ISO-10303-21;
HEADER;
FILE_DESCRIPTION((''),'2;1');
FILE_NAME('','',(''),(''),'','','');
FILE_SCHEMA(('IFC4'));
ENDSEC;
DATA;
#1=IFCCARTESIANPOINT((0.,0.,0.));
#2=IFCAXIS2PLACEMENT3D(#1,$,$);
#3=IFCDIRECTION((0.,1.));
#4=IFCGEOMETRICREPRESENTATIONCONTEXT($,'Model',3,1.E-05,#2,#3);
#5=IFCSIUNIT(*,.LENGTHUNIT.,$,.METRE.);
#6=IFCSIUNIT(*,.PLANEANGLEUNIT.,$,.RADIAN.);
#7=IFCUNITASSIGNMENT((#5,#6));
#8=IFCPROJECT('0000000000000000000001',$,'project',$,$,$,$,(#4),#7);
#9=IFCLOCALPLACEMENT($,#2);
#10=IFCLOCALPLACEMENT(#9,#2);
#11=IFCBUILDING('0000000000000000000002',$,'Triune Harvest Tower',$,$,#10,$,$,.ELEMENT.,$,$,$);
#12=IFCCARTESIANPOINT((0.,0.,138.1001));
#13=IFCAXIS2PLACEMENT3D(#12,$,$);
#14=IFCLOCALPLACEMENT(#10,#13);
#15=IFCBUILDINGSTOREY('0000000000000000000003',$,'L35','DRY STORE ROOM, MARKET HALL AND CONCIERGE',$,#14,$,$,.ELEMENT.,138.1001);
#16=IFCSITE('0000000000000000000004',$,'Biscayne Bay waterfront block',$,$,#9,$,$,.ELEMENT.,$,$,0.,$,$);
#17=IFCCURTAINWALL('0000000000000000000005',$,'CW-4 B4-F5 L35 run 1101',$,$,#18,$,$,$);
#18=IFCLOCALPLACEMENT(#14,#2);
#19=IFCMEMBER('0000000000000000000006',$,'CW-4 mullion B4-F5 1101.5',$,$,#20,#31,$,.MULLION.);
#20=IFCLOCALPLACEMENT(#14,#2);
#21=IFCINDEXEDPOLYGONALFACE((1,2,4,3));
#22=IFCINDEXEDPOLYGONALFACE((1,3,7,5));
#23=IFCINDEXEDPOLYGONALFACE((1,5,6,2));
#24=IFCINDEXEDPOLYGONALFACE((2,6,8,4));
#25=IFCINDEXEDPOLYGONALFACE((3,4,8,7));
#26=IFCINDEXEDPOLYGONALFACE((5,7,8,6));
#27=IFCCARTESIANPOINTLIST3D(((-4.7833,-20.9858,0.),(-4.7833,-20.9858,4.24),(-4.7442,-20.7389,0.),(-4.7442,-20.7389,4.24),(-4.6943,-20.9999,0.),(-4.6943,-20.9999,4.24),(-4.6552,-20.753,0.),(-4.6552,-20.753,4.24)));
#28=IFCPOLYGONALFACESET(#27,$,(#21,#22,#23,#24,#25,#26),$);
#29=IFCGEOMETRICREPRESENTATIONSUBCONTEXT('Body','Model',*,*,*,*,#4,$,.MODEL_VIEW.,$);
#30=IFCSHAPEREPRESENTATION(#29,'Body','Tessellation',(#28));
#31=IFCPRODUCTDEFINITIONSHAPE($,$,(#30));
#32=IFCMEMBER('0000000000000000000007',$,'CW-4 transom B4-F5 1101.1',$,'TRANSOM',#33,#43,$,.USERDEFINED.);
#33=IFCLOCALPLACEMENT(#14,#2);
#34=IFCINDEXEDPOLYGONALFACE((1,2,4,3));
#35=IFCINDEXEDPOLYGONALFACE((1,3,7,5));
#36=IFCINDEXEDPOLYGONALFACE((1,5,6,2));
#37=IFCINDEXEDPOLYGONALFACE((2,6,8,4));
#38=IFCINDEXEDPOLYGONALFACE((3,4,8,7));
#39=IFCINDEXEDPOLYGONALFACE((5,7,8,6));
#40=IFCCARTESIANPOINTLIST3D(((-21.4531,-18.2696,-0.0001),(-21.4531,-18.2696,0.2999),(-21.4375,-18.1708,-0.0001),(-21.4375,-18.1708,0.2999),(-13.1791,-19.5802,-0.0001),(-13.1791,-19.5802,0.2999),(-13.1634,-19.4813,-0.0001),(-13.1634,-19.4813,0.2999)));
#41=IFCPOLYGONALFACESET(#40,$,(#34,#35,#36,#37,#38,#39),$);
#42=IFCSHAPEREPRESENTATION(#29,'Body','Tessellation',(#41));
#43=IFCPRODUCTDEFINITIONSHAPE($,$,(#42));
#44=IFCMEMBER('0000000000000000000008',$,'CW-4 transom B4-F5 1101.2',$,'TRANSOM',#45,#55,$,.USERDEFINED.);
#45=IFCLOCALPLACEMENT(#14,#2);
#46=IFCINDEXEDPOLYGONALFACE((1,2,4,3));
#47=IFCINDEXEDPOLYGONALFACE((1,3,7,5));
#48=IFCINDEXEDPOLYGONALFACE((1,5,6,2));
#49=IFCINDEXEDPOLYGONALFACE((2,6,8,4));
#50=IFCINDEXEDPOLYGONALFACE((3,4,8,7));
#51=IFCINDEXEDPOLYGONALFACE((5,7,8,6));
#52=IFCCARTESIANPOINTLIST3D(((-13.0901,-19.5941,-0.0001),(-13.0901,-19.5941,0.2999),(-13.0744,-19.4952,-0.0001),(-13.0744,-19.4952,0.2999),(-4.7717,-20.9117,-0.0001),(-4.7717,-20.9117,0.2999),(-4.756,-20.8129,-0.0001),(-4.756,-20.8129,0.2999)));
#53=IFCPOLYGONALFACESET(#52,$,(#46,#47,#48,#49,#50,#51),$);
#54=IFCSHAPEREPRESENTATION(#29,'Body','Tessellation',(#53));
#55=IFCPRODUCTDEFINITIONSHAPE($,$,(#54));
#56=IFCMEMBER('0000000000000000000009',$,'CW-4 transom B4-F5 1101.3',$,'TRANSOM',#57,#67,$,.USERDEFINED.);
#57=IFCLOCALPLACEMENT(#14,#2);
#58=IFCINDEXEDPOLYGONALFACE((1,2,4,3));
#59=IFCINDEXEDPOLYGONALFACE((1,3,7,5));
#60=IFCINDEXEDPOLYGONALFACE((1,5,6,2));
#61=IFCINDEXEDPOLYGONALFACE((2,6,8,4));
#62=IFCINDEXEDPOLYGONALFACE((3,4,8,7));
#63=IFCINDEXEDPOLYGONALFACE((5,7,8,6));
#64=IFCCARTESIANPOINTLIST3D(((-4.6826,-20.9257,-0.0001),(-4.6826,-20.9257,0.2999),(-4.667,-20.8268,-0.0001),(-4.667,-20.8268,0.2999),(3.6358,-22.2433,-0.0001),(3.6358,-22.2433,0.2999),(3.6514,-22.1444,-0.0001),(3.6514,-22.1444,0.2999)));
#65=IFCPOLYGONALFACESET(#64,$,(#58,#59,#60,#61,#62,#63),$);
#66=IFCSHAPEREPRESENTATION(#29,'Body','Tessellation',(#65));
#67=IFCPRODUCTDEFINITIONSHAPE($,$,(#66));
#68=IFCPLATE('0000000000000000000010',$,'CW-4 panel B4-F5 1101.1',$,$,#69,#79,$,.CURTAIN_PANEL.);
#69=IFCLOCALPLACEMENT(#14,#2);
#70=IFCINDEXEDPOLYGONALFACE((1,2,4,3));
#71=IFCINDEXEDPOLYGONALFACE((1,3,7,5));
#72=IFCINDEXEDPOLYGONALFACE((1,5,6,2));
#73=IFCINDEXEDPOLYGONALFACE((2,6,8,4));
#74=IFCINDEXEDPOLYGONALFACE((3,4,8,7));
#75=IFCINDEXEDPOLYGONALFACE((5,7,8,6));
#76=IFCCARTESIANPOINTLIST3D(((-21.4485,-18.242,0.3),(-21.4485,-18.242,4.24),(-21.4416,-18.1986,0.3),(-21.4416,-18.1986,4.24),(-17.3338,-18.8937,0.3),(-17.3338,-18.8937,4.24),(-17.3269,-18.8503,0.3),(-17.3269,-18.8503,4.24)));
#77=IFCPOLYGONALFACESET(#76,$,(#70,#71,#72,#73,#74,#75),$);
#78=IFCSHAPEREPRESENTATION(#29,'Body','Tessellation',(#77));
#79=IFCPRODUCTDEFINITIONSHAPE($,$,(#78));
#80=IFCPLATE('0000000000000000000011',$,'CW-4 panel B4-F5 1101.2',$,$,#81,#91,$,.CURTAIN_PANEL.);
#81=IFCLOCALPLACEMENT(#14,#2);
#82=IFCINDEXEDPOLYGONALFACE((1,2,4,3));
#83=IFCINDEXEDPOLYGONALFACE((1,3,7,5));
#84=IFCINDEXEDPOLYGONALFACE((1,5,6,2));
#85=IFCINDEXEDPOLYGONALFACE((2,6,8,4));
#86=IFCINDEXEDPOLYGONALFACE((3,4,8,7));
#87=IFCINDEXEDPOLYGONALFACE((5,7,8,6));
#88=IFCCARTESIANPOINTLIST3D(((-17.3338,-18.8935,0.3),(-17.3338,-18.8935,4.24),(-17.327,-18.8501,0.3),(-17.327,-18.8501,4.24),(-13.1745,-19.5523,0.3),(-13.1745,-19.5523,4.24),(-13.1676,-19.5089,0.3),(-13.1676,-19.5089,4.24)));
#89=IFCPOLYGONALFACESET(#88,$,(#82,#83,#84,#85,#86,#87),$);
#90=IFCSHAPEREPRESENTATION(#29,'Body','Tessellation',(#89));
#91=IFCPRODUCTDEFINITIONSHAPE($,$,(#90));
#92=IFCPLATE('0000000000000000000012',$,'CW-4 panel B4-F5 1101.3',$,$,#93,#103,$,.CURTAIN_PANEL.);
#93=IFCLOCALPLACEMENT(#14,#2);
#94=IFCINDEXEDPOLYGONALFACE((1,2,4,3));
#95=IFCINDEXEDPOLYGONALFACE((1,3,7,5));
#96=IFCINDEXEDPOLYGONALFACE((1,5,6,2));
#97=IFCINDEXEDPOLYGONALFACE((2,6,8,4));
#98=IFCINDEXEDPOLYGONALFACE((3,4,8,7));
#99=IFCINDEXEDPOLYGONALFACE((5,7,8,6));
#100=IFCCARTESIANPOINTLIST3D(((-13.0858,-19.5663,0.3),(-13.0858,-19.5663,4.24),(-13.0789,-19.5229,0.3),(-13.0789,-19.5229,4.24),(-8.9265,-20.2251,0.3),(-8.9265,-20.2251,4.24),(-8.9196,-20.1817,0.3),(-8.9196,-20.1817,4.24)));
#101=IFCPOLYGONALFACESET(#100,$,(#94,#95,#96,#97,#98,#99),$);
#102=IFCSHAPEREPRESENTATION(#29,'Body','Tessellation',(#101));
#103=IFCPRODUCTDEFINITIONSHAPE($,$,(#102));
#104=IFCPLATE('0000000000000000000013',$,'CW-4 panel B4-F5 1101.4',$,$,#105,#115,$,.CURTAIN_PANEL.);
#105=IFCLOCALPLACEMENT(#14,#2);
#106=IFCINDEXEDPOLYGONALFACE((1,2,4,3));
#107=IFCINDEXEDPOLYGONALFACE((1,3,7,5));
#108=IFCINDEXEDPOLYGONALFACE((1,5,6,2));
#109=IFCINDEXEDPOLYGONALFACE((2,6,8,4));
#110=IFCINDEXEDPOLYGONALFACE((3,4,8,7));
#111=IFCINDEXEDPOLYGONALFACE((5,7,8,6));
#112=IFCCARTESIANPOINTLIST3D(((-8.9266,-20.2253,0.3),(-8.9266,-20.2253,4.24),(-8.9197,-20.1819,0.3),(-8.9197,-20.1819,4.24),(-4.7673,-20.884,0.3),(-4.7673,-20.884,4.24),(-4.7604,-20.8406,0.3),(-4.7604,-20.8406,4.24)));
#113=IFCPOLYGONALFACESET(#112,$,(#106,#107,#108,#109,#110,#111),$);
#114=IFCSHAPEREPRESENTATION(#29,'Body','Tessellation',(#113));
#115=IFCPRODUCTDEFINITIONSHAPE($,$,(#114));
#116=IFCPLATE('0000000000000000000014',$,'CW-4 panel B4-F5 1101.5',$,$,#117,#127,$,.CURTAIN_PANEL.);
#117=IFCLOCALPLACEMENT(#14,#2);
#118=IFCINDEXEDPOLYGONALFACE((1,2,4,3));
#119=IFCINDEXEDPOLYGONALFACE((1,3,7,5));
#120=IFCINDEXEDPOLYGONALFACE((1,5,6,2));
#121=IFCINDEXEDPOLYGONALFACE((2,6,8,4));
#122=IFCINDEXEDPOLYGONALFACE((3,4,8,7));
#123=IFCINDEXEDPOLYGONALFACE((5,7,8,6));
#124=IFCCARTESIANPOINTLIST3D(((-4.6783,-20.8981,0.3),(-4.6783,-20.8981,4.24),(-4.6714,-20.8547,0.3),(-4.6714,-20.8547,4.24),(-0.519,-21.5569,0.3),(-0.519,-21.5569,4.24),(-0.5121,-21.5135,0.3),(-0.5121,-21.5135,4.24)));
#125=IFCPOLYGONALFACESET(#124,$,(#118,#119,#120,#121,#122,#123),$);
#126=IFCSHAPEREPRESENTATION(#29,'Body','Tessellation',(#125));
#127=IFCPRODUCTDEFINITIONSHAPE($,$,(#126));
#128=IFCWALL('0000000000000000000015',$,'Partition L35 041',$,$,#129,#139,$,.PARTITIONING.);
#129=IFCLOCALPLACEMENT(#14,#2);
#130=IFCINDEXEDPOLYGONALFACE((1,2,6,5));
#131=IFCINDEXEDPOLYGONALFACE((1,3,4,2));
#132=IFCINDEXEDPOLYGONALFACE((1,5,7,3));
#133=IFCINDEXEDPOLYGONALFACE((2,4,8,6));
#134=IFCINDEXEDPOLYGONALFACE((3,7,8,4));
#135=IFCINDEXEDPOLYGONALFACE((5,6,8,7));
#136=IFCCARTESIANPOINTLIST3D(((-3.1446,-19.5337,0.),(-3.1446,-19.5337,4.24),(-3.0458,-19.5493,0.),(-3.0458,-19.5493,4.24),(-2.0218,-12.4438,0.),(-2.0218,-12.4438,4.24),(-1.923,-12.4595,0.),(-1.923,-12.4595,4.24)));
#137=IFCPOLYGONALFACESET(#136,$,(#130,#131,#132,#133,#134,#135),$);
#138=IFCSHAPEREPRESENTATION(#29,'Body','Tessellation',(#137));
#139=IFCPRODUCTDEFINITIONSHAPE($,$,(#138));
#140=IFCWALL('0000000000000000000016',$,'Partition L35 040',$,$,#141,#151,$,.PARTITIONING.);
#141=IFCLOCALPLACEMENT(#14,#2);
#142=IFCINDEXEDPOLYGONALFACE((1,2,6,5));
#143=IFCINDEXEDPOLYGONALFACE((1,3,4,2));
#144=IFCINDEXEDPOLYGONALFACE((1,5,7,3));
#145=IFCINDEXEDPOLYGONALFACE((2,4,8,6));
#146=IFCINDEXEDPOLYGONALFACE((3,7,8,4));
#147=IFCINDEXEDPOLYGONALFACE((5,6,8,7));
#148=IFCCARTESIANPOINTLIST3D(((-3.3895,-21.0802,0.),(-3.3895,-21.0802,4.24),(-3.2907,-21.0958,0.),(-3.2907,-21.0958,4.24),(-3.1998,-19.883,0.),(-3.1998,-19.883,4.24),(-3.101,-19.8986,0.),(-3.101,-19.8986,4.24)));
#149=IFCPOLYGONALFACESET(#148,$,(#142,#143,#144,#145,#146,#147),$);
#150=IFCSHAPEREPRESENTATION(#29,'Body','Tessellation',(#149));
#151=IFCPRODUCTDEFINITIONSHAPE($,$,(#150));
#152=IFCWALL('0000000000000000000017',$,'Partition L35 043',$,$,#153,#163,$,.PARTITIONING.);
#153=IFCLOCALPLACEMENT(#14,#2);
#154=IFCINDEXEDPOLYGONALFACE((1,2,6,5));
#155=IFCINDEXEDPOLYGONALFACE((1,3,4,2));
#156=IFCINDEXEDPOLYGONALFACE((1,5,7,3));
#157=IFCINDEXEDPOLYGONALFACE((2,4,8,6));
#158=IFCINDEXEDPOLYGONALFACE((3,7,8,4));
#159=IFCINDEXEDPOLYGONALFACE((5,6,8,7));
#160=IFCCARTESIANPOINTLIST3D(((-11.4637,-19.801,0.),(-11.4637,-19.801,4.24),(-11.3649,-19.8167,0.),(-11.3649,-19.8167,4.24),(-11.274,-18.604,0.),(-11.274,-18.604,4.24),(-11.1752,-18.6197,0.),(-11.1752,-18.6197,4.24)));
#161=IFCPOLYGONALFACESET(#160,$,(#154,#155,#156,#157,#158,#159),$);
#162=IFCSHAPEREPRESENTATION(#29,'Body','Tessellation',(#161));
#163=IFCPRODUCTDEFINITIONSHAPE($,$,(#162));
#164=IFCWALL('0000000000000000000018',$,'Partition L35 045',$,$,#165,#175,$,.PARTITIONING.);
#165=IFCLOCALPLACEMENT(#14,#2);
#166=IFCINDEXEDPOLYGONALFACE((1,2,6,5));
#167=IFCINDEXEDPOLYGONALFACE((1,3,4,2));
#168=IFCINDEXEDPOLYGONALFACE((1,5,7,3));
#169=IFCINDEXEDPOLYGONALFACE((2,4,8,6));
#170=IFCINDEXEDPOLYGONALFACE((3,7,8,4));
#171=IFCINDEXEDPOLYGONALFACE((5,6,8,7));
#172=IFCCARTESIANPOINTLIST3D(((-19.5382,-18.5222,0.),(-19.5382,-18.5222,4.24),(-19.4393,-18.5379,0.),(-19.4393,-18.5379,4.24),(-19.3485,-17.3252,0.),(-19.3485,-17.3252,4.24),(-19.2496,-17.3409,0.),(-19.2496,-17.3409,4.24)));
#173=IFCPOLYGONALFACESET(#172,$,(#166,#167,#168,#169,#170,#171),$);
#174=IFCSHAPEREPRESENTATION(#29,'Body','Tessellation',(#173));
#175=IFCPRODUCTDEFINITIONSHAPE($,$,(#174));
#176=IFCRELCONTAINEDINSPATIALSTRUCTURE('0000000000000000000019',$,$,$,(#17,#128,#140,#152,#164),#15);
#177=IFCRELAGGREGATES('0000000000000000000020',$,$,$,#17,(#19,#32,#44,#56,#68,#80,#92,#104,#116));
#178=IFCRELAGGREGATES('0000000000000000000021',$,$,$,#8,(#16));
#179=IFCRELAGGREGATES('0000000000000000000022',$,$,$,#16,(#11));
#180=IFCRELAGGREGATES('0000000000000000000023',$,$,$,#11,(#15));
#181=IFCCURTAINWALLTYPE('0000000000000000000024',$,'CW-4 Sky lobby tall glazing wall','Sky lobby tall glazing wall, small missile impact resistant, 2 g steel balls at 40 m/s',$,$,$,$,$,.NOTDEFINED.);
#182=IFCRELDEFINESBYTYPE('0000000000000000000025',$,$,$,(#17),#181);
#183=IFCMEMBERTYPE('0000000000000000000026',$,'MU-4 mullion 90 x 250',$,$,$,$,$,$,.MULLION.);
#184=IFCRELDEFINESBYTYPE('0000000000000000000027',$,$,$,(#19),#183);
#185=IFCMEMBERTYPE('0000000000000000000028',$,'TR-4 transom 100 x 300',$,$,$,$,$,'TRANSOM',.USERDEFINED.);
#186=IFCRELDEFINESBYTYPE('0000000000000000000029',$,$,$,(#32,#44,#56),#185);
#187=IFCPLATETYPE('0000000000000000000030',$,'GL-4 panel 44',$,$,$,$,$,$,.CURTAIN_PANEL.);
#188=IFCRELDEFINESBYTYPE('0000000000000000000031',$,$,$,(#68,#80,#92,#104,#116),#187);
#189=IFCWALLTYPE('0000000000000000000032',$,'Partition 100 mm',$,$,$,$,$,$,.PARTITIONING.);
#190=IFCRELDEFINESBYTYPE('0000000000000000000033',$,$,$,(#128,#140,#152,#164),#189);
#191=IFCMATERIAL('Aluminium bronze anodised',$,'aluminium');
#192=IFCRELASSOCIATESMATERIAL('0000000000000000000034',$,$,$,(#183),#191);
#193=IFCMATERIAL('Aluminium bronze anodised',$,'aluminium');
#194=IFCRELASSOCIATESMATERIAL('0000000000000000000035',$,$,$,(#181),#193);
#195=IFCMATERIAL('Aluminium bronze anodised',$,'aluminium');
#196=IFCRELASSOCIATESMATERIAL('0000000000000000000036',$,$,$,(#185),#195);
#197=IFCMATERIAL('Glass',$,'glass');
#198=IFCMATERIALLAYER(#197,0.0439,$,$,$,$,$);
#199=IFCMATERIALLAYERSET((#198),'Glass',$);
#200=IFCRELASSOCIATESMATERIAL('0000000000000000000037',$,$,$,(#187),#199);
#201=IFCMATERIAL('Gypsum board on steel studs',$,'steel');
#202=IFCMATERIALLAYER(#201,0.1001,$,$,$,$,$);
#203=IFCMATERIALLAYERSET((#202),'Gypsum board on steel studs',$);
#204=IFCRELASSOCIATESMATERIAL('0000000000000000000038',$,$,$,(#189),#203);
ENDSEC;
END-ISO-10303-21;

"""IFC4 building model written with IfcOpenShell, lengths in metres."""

from ifc_helpers import new_model, si_unit, direction, frame, frame_2d, origin, origin_2d, place, context, subcontext, project, spatial, rectangle, extrude, source, transform, mapped, material, layer, layer_set, material_profile, profile_set, type_object, element, aggregate, save


model = new_model("IFC4")

# Units and contexts
model_context = context("Model", 3, precision=1e-05, world=origin(), true_north=direction((0.0, 1.0)))
body_context = subcontext(model_context, "Body", "Model", "MODEL_VIEW")
ifc_project = project(units=[si_unit("LENGTHUNIT", "METRE"), si_unit("PLANEANGLEUNIT", "RADIAN")], contexts=[model_context])

# Site, building, storey
site_placement = place(None, origin())
site = spatial("IfcSite", under=ifc_project, at=site_placement, Name="Biscayne Bay waterfront block", CompositionType="ELEMENT", RefElevation=0.0)
building_placement = place(site_placement, origin())
building = spatial("IfcBuilding", under=site, at=building_placement, Name="Triune Harvest Tower", CompositionType="ELEMENT")
storey_placement = place(building_placement, frame((0.0, 0.0, 138.1001)))
storey = spatial("IfcBuildingStorey", under=building, at=storey_placement, Name="L35", Description="DRY STORE ROOM, MARKET HALL AND CONCIERGE", CompositionType="ELEMENT", Elevation=138.1001)

# Shared definitions
ifc_material_1 = material(Name="Aluminium bronze anodised", Category="aluminium")
ifc_material_profile_1 = material_profile(ifc_material_1, rectangle(XDim=0.25, YDim=0.0901, at=origin_2d()), Name="MU-4 mullion 90 x 250")
ifc_profile_set_1 = profile_set([ifc_material_profile_1], Name="Aluminium bronze anodised")
member_type_1 = type_object("IfcMemberType", Name="MU-4 mullion 90 x 250", PredefinedType="MULLION", material=ifc_profile_set_1)
shared_shape_1 = source(origin(), body_context, "Body", "SweptSolid", [
    extrude(rectangle(XDim=0.25, YDim=0.0901, at=origin_2d()), origin(), (0.0, 0.0, 1.0), 4.24),
])

# Curtain wall, members, plates
ifc_material_2 = material(Name="Aluminium bronze anodised", Category="aluminium")
curtain_wall_type_1 = type_object("IfcCurtainWallType", Name="CW-4 Sky lobby tall glazing wall", Description="Sky lobby tall glazing wall, small missile impact resistant, 2 g steel balls at 40 m/s", PredefinedType="NOTDEFINED", material=ifc_material_2)
curtain_wall_1_placement = place(storey_placement, origin())
curtain_wall_1 = element("IfcCurtainWall", 1, at=curtain_wall_1_placement, inside=storey, type_object=curtain_wall_type_1, Name="CW-4 B4-F5 L35 run 1101")
member_1_placement = place(storey_placement, frame((-4.7192, -20.8694, 0.0), z_axis=(0.0, 0.0, 1.0), x_axis=(0.156435, 0.987688, 0.0)))
member_1 = element("IfcMember", 2, at=member_1_placement, type_object=member_type_1, Name="CW-4 mullion B4-F5 1101.5", PredefinedType="MULLION", context=body_context, shape_type="MappedRepresentation", body=[
    mapped(shared_shape_1, transform((0.0, 0.0, 0.0), scale=1.0)),
])
ifc_material_3 = material(Name="Aluminium bronze anodised", Category="aluminium")
ifc_material_profile_2 = material_profile(ifc_material_3, rectangle(XDim=0.1001, YDim=0.3, at=origin_2d()), Name="TR-4 transom 100 x 300")
ifc_profile_set_2 = profile_set([ifc_material_profile_2], Name="Aluminium bronze anodised")
member_type_2 = type_object("IfcMemberType", Name="TR-4 transom 100 x 300", ElementType="TRANSOM", PredefinedType="USERDEFINED", material=ifc_profile_set_2)
shared_shape_2 = source(origin(), body_context, "Body", "SweptSolid", [
    extrude(rectangle(XDim=0.1001, YDim=0.3, at=origin_2d()), origin(), (0.0, 0.0, 1.0), 8.3772),
])
member_2_placement = place(storey_placement, frame((-21.4453, -18.2202, 0.1499), z_axis=(0.987687, -0.15644, 0.0), x_axis=(0.15644, 0.987687, 0.0)))
member_2 = element("IfcMember", 3, at=member_2_placement, type_object=member_type_2, Name="CW-4 transom B4-F5 1101.1", ObjectType="TRANSOM", PredefinedType="USERDEFINED", context=body_context, shape_type="MappedRepresentation", body=[
    mapped(shared_shape_2, transform((0.0, 0.0, 0.0), scale=1.0)),
])
shared_shape_3 = source(origin(), body_context, "Body", "SweptSolid", [
    extrude(rectangle(XDim=0.1001, YDim=0.3, at=origin_2d()), origin(), (0.0, 0.0, 1.0), 8.4221),
])
member_3_placement = place(storey_placement, frame((-13.0823, -19.5447, 0.1499), z_axis=(0.987686, -0.156449, 0.0), x_axis=(0.156449, 0.987686, 0.0)))
member_3 = element("IfcMember", 4, at=member_3_placement, type_object=member_type_2, Name="CW-4 transom B4-F5 1101.2", ObjectType="TRANSOM", PredefinedType="USERDEFINED", context=body_context, shape_type="MappedRepresentation", body=[
    mapped(shared_shape_3, transform((0.0, 0.0, 0.0), scale=1.0)),
])
member_4_placement = place(storey_placement, frame((-4.6748, -20.8762, 0.1499), z_axis=(0.987686, -0.156449, 0.0), x_axis=(0.156449, 0.987686, 0.0)))
member_4 = element("IfcMember", 5, at=member_4_placement, type_object=member_type_2, Name="CW-4 transom B4-F5 1101.3", ObjectType="TRANSOM", PredefinedType="USERDEFINED", context=body_context, shape_type="MappedRepresentation", body=[
    mapped(shared_shape_3, transform((0.0, 0.0, 0.0), scale=1.0)),
])
ifc_material_4 = material(Name="Glass", Category="glass")
ifc_layer_1 = layer(ifc_material_4, 0.0439)
ifc_layer_set_1 = layer_set([ifc_layer_1], Name="Glass")
plate_type = type_object("IfcPlateType", Name="GL-4 panel 44", PredefinedType="CURTAIN_PANEL", material=ifc_layer_set_1)
shared_shape_4 = source(origin(), body_context, "Body", "SweptSolid", [
    extrude(rectangle(XDim=4.166, YDim=0.0439, at=origin_2d()), origin(), (0.0, 0.0, 1.0), 3.9399),
])
plate_1_placement = place(storey_placement, frame((-19.3877, -18.5461, 0.3), z_axis=(0.0, 0.0, 1.0), x_axis=(0.987688, -0.156435, 0.0)))
plate_1 = element("IfcPlate", 6, at=plate_1_placement, type_object=plate_type, Name="CW-4 panel B4-F5 1101.1", PredefinedType="CURTAIN_PANEL", context=body_context, shape_type="MappedRepresentation", body=[
    mapped(shared_shape_4, transform((0.0, 0.0, 0.0), scale=1.0)),
])
shared_shape_5 = source(origin(), body_context, "Body", "SweptSolid", [
    extrude(rectangle(XDim=4.2112, YDim=0.0439, at=origin_2d()), origin(), (0.0, 0.0, 1.0), 3.9399),
])
plate_2_placement = place(storey_placement, frame((-15.2507, -19.2012, 0.3), z_axis=(0.0, 0.0, 1.0), x_axis=(0.987688, -0.156435, 0.0)))
plate_2 = element("IfcPlate", 7, at=plate_2_placement, type_object=plate_type, Name="CW-4 panel B4-F5 1101.2", PredefinedType="CURTAIN_PANEL", context=body_context, shape_type="MappedRepresentation", body=[
    mapped(shared_shape_5, transform((0.0, 0.0, 0.0), scale=1.0)),
])
plate_3_placement = place(storey_placement, frame((-11.0027, -19.874, 0.3), z_axis=(0.0, 0.0, 1.0), x_axis=(0.987688, -0.156435, 0.0)))
plate_3 = element("IfcPlate", 8, at=plate_3_placement, type_object=plate_type, Name="CW-4 panel B4-F5 1101.3", PredefinedType="CURTAIN_PANEL", context=body_context, shape_type="MappedRepresentation", body=[
    mapped(shared_shape_5, transform((0.0, 0.0, 0.0), scale=1.0)),
])
plate_4_placement = place(storey_placement, frame((-6.8435, -20.533, 0.3), z_axis=(0.0, 0.0, 1.0), x_axis=(0.987688, -0.156435, 0.0)))
plate_4 = element("IfcPlate", 9, at=plate_4_placement, type_object=plate_type, Name="CW-4 panel B4-F5 1101.4", PredefinedType="CURTAIN_PANEL", context=body_context, shape_type="MappedRepresentation", body=[
    mapped(shared_shape_5, transform((0.0, 0.0, 0.0), scale=1.0)),
])
plate_5_placement = place(storey_placement, frame((-2.5952, -21.2058, 0.3), z_axis=(0.0, 0.0, 1.0), x_axis=(0.987688, -0.156435, 0.0)))
plate_5 = element("IfcPlate", 10, at=plate_5_placement, type_object=plate_type, Name="CW-4 panel B4-F5 1101.5", PredefinedType="CURTAIN_PANEL", context=body_context, shape_type="MappedRepresentation", body=[
    mapped(shared_shape_5, transform((0.0, 0.0, 0.0), scale=1.0)),
])
aggregate(curtain_wall_1, [member_1, member_2, member_3, member_4, plate_1, plate_2, plate_3, plate_4, plate_5])

# Walls
ifc_material_5 = material(Name="Gypsum board on steel studs", Category="steel")
ifc_layer_2 = layer(ifc_material_5, 0.1001)
ifc_layer_set_2 = layer_set([ifc_layer_2], Name="Gypsum board on steel studs")
wall_type = type_object("IfcWallType", Name="Partition 100 mm", PredefinedType="PARTITIONING", material=ifc_layer_set_2)
wall_1_placement = place(storey_placement, frame((-3.0952, -19.5415, 0.0), z_axis=(0.0, 0.0, 1.0), x_axis=(0.156418, 0.987691, 0.0)))
element("IfcWall", 11, at=wall_1_placement, inside=storey, type_object=wall_type, Name="Partition L35 041", PredefinedType="PARTITIONING", context=body_context, shape_type="SweptSolid", body=[
    extrude(rectangle(XDim=7.1782, YDim=0.1001, at=frame_2d((3.5891, 0.0))), origin(), (0.0, 0.0, 1.0), 4.24),
])
shared_shape_6 = source(origin(), body_context, "Body", "SweptSolid", [
    extrude(rectangle(XDim=1.2122, YDim=0.1001, at=frame_2d((0.606, 0.0))), origin(), (0.0, 0.0, 1.0), 4.24),
])
wall_2_placement = place(storey_placement, frame((-3.3401, -21.0879, 0.0), z_axis=(0.0, 0.0, 1.0), x_axis=(0.15649, 0.98768, 0.0)))
element("IfcWall", 12, at=wall_2_placement, inside=storey, type_object=wall_type, Name="Partition L35 040", PredefinedType="PARTITIONING", context=body_context, shape_type="MappedRepresentation", body=[
    mapped(shared_shape_6, transform((0.0, 0.0, 0.0), scale=1.0)),
])
shared_shape_7 = source(origin(), body_context, "Body", "SweptSolid", [
    extrude(rectangle(XDim=1.2119, YDim=0.1001, at=frame_2d((0.606, 0.0))), origin(), (0.0, 0.0, 1.0), 4.24),
])
for number, where, z_axis, x_axis, name in (
    (13, (-11.4143, -19.8088, 0.0), (0.0, 0.0, 1.0), (0.156521, 0.987675, 0.0), "Partition L35 043"),
    (14, (-19.4888, -18.53, 0.0), (0.0, 0.0, 1.0), (0.156521, 0.987675, 0.0), "Partition L35 045"),
):
    element("IfcWall", number, at=place(storey_placement, frame(where, z_axis=z_axis, x_axis=x_axis)), inside=storey, type_object=wall_type, Name=name, PredefinedType="PARTITIONING", context=body_context, shape_type="MappedRepresentation", body=[
        mapped(shared_shape_7, transform((0.0, 0.0, 0.0), scale=1.0)),
    ])

save(model, "model.ifc")
